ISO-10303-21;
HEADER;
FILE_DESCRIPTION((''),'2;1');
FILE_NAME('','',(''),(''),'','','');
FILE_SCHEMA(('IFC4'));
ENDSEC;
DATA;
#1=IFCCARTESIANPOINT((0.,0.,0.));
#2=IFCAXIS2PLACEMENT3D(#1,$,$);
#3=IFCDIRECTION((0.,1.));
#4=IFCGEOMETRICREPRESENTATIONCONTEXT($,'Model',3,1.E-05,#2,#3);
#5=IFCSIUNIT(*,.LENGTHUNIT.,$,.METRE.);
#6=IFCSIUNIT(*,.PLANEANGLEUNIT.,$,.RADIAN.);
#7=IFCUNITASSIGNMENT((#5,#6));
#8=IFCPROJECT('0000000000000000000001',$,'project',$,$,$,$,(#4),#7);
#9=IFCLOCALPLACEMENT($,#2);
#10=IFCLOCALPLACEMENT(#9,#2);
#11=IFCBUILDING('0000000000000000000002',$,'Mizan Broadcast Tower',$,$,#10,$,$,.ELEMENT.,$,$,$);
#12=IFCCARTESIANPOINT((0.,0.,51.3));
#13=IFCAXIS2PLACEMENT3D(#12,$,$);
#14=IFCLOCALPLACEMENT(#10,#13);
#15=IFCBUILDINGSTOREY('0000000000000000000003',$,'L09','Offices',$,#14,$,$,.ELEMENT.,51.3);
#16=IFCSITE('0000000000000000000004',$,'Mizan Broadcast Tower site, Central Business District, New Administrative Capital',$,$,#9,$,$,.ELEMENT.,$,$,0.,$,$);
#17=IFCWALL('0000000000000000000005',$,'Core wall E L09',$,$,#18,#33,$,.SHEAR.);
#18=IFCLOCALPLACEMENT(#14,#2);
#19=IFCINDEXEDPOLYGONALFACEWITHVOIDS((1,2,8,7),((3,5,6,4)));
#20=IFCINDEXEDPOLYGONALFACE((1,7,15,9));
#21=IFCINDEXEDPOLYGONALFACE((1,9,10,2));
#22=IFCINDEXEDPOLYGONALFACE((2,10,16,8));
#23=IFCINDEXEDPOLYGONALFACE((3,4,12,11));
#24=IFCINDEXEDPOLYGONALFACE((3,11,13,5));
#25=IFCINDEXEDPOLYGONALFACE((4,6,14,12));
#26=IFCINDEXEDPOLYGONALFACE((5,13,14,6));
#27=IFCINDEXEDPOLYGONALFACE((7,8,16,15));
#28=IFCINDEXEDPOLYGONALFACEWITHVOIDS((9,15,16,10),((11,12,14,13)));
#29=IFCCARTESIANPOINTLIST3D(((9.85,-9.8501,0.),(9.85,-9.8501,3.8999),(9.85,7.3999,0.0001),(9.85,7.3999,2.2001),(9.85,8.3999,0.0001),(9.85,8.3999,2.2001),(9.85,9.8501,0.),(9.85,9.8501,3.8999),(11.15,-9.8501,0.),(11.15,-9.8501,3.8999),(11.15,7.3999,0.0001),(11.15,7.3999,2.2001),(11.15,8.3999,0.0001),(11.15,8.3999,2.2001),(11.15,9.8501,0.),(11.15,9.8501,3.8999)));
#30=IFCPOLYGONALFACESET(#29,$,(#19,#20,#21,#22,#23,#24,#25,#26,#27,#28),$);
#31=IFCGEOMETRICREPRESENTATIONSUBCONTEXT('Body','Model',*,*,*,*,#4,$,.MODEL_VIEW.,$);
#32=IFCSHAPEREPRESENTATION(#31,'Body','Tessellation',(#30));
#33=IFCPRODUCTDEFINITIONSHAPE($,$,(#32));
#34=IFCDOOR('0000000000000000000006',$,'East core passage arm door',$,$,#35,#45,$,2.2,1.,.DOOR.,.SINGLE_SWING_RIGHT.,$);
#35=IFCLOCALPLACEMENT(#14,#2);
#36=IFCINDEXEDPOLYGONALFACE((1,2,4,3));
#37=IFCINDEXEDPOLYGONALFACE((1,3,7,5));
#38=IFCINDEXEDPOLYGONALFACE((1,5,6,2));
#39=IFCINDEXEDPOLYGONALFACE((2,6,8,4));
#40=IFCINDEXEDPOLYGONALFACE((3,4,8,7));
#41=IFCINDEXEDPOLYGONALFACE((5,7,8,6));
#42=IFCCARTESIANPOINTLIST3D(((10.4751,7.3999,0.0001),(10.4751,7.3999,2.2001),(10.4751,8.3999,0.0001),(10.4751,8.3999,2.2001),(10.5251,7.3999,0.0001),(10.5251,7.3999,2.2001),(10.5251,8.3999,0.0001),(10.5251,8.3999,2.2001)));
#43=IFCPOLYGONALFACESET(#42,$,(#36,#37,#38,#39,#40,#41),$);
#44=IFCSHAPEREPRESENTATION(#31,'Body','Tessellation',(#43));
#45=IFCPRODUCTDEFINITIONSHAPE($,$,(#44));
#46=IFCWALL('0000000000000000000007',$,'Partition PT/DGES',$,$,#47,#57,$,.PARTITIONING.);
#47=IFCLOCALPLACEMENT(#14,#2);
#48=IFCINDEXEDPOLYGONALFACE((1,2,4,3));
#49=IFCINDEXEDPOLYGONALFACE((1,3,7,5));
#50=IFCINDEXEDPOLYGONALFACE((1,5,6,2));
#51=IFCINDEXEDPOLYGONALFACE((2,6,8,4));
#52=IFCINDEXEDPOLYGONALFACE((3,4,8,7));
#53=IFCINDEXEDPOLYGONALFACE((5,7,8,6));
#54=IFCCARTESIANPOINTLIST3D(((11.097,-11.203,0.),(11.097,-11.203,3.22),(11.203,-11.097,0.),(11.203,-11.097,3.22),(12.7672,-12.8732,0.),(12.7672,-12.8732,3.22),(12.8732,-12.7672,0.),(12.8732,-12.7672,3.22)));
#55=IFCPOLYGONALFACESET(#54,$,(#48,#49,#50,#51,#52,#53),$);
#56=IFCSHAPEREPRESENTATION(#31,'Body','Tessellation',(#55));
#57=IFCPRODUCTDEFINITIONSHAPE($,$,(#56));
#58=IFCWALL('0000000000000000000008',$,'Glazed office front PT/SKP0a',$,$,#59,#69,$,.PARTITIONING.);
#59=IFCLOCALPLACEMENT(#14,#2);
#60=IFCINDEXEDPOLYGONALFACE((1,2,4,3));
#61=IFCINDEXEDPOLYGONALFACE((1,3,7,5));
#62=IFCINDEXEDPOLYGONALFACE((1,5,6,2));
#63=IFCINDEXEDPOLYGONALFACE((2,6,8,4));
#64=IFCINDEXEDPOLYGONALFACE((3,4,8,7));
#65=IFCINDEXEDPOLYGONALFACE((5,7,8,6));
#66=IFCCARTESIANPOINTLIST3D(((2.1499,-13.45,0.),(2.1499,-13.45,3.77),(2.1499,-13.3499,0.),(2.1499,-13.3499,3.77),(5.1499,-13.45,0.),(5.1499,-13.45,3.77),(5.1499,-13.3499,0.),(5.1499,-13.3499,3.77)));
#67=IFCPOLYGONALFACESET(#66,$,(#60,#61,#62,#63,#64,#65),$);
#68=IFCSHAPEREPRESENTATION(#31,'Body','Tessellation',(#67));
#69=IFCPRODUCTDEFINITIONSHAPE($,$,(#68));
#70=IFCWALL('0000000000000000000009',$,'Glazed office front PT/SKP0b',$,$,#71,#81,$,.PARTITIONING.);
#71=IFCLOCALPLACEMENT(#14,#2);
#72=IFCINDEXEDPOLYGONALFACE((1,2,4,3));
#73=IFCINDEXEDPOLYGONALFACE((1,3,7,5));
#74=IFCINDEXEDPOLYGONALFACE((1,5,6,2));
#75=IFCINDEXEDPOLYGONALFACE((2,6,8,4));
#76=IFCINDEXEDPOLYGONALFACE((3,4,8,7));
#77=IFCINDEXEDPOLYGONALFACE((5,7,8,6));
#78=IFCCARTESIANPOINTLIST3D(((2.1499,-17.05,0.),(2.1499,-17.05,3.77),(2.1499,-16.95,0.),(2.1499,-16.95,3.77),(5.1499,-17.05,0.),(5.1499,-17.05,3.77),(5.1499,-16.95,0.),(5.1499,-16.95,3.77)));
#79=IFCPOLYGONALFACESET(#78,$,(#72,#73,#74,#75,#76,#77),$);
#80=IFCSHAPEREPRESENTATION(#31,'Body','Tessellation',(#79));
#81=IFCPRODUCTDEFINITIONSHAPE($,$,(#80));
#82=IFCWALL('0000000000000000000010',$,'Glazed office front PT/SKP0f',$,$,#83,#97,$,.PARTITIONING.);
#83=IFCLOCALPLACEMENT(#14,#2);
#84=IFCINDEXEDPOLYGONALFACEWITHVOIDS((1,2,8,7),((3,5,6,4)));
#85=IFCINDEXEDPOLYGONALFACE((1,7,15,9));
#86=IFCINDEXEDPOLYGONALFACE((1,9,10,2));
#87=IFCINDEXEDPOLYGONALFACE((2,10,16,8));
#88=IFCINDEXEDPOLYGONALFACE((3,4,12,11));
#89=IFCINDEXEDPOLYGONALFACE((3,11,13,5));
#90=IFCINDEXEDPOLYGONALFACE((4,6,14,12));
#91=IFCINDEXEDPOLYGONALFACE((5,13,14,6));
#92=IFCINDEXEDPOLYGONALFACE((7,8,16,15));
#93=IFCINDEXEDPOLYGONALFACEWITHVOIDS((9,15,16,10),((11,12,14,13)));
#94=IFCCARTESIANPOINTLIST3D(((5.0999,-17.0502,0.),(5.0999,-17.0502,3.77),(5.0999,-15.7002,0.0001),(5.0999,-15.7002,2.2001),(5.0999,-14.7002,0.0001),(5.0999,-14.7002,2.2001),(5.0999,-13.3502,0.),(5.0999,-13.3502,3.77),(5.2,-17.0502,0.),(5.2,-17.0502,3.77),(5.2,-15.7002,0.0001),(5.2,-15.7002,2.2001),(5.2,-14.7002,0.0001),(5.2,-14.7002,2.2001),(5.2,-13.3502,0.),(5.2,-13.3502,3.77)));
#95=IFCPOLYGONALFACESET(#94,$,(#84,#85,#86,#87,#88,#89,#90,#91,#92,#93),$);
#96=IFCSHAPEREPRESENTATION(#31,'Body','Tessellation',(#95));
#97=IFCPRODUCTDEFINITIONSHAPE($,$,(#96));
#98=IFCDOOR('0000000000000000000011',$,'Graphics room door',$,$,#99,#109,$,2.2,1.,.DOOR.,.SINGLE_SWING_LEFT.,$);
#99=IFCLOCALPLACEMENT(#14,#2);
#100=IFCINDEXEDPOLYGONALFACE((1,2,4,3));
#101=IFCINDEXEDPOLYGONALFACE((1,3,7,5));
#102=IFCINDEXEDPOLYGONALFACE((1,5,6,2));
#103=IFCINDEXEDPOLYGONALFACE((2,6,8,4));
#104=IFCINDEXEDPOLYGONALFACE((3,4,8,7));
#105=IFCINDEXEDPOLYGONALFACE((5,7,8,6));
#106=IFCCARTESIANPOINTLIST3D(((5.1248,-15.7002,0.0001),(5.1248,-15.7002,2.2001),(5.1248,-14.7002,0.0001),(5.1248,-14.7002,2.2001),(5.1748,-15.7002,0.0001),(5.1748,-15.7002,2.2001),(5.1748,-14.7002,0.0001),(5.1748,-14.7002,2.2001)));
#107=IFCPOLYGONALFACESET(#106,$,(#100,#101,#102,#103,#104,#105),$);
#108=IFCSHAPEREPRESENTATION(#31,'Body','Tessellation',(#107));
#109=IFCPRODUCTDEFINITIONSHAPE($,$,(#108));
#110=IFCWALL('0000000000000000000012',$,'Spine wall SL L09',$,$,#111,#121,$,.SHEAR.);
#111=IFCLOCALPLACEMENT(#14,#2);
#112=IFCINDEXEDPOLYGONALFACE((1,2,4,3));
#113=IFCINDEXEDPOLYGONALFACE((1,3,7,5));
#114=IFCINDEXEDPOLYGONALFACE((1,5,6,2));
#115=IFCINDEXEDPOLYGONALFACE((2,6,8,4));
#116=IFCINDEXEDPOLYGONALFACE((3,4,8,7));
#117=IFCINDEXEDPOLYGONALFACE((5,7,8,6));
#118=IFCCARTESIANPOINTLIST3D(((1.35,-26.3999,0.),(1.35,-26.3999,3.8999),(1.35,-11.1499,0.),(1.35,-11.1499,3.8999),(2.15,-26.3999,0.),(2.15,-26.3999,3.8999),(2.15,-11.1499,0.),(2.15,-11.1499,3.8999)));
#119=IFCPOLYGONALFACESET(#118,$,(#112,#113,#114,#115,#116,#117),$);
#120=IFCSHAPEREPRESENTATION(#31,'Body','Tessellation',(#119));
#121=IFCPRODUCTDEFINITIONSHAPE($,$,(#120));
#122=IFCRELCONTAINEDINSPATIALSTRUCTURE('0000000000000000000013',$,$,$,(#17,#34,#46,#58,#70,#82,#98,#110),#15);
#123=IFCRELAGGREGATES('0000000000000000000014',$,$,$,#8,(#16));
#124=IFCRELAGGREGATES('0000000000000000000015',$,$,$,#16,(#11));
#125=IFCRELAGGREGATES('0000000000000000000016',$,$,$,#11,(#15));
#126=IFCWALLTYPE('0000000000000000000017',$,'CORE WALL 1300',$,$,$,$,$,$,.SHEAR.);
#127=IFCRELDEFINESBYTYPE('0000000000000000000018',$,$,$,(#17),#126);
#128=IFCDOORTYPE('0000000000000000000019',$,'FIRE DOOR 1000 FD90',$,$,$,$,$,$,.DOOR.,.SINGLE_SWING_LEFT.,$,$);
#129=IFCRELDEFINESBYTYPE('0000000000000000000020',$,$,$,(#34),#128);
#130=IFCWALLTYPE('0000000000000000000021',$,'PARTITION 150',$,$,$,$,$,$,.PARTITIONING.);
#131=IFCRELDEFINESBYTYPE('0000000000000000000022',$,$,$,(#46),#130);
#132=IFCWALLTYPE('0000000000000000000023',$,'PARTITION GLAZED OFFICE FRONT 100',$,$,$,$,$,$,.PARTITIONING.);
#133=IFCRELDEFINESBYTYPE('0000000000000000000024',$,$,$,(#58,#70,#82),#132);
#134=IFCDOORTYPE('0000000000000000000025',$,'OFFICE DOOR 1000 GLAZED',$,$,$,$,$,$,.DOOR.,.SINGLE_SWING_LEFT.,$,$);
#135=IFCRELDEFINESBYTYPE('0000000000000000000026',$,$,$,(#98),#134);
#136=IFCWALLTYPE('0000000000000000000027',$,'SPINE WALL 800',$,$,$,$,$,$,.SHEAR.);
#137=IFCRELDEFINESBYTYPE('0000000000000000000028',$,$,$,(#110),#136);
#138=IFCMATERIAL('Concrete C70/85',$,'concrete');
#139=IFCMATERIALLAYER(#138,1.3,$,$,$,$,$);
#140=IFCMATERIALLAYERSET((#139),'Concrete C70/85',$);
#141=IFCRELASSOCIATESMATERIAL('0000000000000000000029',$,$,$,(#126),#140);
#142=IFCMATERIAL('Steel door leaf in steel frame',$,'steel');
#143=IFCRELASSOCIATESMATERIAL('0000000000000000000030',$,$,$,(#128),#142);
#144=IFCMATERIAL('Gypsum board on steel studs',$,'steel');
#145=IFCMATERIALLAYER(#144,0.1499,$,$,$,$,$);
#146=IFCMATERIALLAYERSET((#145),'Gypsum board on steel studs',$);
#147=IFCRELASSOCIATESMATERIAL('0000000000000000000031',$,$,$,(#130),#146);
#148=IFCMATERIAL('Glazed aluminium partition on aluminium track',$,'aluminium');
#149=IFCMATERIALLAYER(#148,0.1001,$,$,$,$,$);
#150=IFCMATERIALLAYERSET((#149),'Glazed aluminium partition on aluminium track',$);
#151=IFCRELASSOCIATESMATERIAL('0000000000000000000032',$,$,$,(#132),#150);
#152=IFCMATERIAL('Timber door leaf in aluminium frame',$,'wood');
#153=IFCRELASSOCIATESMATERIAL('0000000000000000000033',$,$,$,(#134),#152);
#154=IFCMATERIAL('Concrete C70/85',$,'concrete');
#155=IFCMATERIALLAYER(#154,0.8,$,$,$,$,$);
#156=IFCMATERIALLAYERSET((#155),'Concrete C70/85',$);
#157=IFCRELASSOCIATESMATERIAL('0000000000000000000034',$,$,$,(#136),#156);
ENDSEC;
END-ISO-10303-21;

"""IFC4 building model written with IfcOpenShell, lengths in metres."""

from ifc_helpers import new_model, si_unit, direction, frame, frame_2d, origin, place, context, subcontext, project, spatial, rectangle, extrude, material, layer, layer_set, type_object, element, fill, save


model = new_model("IFC4")

# Units and contexts
model_context = context("Model", 3, precision=1e-05, world=origin(), true_north=direction((0.0, 1.0)))
body_context = subcontext(model_context, "Body", "Model", "MODEL_VIEW")
ifc_project = project(units=[si_unit("LENGTHUNIT", "METRE"), si_unit("PLANEANGLEUNIT", "RADIAN")], contexts=[model_context])

# Site, building, storey
site_placement = place(None, origin())
site = spatial("IfcSite", under=ifc_project, at=site_placement, Name="Mizan Broadcast Tower site, Central Business District, New Administrative Capital", CompositionType="ELEMENT", RefElevation=0.0)
building_placement = place(site_placement, origin())
building = spatial("IfcBuilding", under=site, at=building_placement, Name="Mizan Broadcast Tower", CompositionType="ELEMENT")
storey_placement = place(building_placement, frame((0.0, 0.0, 51.3)))
storey = spatial("IfcBuildingStorey", under=building, at=storey_placement, Name="L09", Description="Offices", CompositionType="ELEMENT", Elevation=51.3)

# Shared definitions
ifc_material_1 = material(Name="Concrete C70/85", Category="concrete")
ifc_layer_1 = layer(ifc_material_1, 1.3)
ifc_layer_set_1 = layer_set([ifc_layer_1], Name="Concrete C70/85")
wall_type_1 = type_object("IfcWallType", Name="CORE WALL 1300", PredefinedType="SHEAR", material=ifc_layer_set_1)

# Wall, opening, door
wall_1_placement = place(storey_placement, frame((10.5, -9.8501, 0.0), z_axis=(0.0, 0.0, 1.0), x_axis=(0.0, 1.0, 0.0)))
wall_1 = element("IfcWall", 1, at=wall_1_placement, inside=storey, type_object=wall_type_1, Name="Core wall E L09", PredefinedType="SHEAR", context=body_context, shape_type="SweptSolid", body=[
    extrude(rectangle(XDim=19.7002, YDim=1.3, at=frame_2d((9.8501, 0.0))), origin(), (0.0, 0.0, 1.0), 3.8999),
])
opening_1_placement = place(wall_1_placement, frame((17.25, 0.0, 0.0)))
opening_1 = element("IfcOpeningElement", 2, at=opening_1_placement, cuts=wall_1, PredefinedType="OPENING", context=body_context, shape_type="SweptSolid", body=[
    extrude(rectangle(XDim=1.0, YDim=2.2, at=frame_2d((0.5, 1.1001))), frame((0.0, 0.6599, 0.0), z_axis=(0.0, -1.0, 0.0), x_axis=(1.0, 0.0, 0.0)), (0.0, 0.0, 1.0), 1.3201),
])
ifc_material_2 = material(Name="Steel door leaf in steel frame", Category="steel")
door_type_1 = type_object("IfcDoorType", Name="FIRE DOOR 1000 FD90", OperationType="SINGLE_SWING_LEFT", PredefinedType="DOOR", material=ifc_material_2)
door_1_placement = place(opening_1_placement, origin())
door_1 = element("IfcDoor", 3, at=door_1_placement, inside=storey, type_object=door_type_1, Name="East core passage arm door", OperationType="SINGLE_SWING_RIGHT", OverallHeight=2.2, OverallWidth=1.0, PredefinedType="DOOR", context=body_context, shape_type="SweptSolid", body=[
    extrude(rectangle(XDim=1.0, YDim=2.2, at=frame_2d((0.5, 1.1001))), frame((0.0, 0.0249, 0.0), z_axis=(0.0, -1.0, 0.0), x_axis=(1.0, 0.0, 0.0)), (0.0, 0.0, 1.0), 0.05),
])
fill(opening_1, door_1)

# Walls
ifc_material_3 = material(Name="Gypsum board on steel studs", Category="steel")
ifc_layer_2 = layer(ifc_material_3, 0.1499)
ifc_layer_set_2 = layer_set([ifc_layer_2], Name="Gypsum board on steel studs")
wall_type_2 = type_object("IfcWallType", Name="PARTITION 150", PredefinedType="PARTITIONING", material=ifc_layer_set_2)
wall_2_placement = place(storey_placement, frame((11.1499, -11.1499, 0.0), z_axis=(0.0, 0.0, 1.0), x_axis=(0.707107, -0.707107, 0.0)))
element("IfcWall", 4, at=wall_2_placement, inside=storey, type_object=wall_type_2, Name="Partition PT/DGES", PredefinedType="PARTITIONING", context=body_context, shape_type="SweptSolid", body=[
    extrude(rectangle(XDim=2.3621, YDim=0.1499, at=frame_2d((1.1812, 0.0))), origin(), (0.0, 0.0, 1.0), 3.22),
])
ifc_material_4 = material(Name="Glazed aluminium partition on aluminium track", Category="aluminium")
ifc_layer_3 = layer(ifc_material_4, 0.1001)
ifc_layer_set_3 = layer_set([ifc_layer_3], Name="Glazed aluminium partition on aluminium track")
wall_type_3 = type_object("IfcWallType", Name="PARTITION GLAZED OFFICE FRONT 100", PredefinedType="PARTITIONING", material=ifc_layer_set_3)
for number, where, z_axis, x_axis, name in (
    (5, (2.1499, -13.3999, 0.0), (0.0, 0.0, 1.0), (1.0, 0.0, 0.0), "Glazed office front PT/SKP0a"),
    (6, (2.1499, -17.0, 0.0), (0.0, 0.0, 1.0), (1.0, 0.0, 0.0), "Glazed office front PT/SKP0b"),
):
    element("IfcWall", number, at=place(storey_placement, frame(where, z_axis=z_axis, x_axis=x_axis)), inside=storey, type_object=wall_type_3, Name=name, PredefinedType="PARTITIONING", context=body_context, shape_type="SweptSolid", body=[
        extrude(rectangle(XDim=3.0, YDim=0.1001, at=frame_2d((1.5, 0.0))), origin(), (0.0, 0.0, 1.0), 3.77),
    ])

# Wall, opening, door
wall_3_placement = place(storey_placement, frame((5.1499, -13.3501, 0.0), z_axis=(0.0, 0.0, 1.0), x_axis=(0.0, -1.0, 0.0)))
wall_3 = element("IfcWall", 7, at=wall_3_placement, inside=storey, type_object=wall_type_3, Name="Glazed office front PT/SKP0f", PredefinedType="PARTITIONING", context=body_context, shape_type="SweptSolid", body=[
    extrude(rectangle(XDim=3.7, YDim=0.1001, at=frame_2d((1.8501, 0.0))), origin(), (0.0, 0.0, 1.0), 3.77),
])
opening_2_placement = place(wall_3_placement, frame((1.3501, 0.0, 0.0)))
opening_2 = element("IfcOpeningElement", 8, at=opening_2_placement, cuts=wall_3, PredefinedType="OPENING", context=body_context, shape_type="SweptSolid", body=[
    extrude(rectangle(XDim=1.0, YDim=2.2, at=frame_2d((0.5, 1.1001))), frame((0.0, 0.0601, 0.0), z_axis=(0.0, -1.0, 0.0), x_axis=(1.0, 0.0, 0.0)), (0.0, 0.0, 1.0), 0.1201),
])
ifc_material_5 = material(Name="Timber door leaf in aluminium frame", Category="wood")
door_type_2 = type_object("IfcDoorType", Name="OFFICE DOOR 1000 GLAZED", OperationType="SINGLE_SWING_LEFT", PredefinedType="DOOR", material=ifc_material_5)
door_2_placement = place(opening_2_placement, origin())
door_2 = element("IfcDoor", 9, at=door_2_placement, inside=storey, type_object=door_type_2, Name="Graphics room door", OperationType="SINGLE_SWING_LEFT", OverallHeight=2.2, OverallWidth=1.0, PredefinedType="DOOR", context=body_context, shape_type="SweptSolid", body=[
    extrude(rectangle(XDim=1.0, YDim=2.2, at=frame_2d((0.5, 1.1001))), frame((0.0, 0.0249, 0.0), z_axis=(0.0, -1.0, 0.0), x_axis=(1.0, 0.0, 0.0)), (0.0, 0.0, 1.0), 0.05),
])
fill(opening_2, door_2)

# Wall
ifc_material_6 = material(Name="Concrete C70/85", Category="concrete")
ifc_layer_4 = layer(ifc_material_6, 0.8)
ifc_layer_set_4 = layer_set([ifc_layer_4], Name="Concrete C70/85")
wall_type_4 = type_object("IfcWallType", Name="SPINE WALL 800", PredefinedType="SHEAR", material=ifc_layer_set_4)
wall_4_placement = place(storey_placement, frame((1.75, -11.1499, 0.0), z_axis=(0.0, 0.0, 1.0), x_axis=(0.0, -1.0, 0.0)))
element("IfcWall", 10, at=wall_4_placement, inside=storey, type_object=wall_type_4, Name="Spine wall SL L09", PredefinedType="SHEAR", context=body_context, shape_type="SweptSolid", body=[
    extrude(rectangle(XDim=15.25, YDim=0.8, at=frame_2d((7.625, 0.0))), origin(), (0.0, 0.0, 1.0), 3.8999),
])

save(model, "model.ifc")
